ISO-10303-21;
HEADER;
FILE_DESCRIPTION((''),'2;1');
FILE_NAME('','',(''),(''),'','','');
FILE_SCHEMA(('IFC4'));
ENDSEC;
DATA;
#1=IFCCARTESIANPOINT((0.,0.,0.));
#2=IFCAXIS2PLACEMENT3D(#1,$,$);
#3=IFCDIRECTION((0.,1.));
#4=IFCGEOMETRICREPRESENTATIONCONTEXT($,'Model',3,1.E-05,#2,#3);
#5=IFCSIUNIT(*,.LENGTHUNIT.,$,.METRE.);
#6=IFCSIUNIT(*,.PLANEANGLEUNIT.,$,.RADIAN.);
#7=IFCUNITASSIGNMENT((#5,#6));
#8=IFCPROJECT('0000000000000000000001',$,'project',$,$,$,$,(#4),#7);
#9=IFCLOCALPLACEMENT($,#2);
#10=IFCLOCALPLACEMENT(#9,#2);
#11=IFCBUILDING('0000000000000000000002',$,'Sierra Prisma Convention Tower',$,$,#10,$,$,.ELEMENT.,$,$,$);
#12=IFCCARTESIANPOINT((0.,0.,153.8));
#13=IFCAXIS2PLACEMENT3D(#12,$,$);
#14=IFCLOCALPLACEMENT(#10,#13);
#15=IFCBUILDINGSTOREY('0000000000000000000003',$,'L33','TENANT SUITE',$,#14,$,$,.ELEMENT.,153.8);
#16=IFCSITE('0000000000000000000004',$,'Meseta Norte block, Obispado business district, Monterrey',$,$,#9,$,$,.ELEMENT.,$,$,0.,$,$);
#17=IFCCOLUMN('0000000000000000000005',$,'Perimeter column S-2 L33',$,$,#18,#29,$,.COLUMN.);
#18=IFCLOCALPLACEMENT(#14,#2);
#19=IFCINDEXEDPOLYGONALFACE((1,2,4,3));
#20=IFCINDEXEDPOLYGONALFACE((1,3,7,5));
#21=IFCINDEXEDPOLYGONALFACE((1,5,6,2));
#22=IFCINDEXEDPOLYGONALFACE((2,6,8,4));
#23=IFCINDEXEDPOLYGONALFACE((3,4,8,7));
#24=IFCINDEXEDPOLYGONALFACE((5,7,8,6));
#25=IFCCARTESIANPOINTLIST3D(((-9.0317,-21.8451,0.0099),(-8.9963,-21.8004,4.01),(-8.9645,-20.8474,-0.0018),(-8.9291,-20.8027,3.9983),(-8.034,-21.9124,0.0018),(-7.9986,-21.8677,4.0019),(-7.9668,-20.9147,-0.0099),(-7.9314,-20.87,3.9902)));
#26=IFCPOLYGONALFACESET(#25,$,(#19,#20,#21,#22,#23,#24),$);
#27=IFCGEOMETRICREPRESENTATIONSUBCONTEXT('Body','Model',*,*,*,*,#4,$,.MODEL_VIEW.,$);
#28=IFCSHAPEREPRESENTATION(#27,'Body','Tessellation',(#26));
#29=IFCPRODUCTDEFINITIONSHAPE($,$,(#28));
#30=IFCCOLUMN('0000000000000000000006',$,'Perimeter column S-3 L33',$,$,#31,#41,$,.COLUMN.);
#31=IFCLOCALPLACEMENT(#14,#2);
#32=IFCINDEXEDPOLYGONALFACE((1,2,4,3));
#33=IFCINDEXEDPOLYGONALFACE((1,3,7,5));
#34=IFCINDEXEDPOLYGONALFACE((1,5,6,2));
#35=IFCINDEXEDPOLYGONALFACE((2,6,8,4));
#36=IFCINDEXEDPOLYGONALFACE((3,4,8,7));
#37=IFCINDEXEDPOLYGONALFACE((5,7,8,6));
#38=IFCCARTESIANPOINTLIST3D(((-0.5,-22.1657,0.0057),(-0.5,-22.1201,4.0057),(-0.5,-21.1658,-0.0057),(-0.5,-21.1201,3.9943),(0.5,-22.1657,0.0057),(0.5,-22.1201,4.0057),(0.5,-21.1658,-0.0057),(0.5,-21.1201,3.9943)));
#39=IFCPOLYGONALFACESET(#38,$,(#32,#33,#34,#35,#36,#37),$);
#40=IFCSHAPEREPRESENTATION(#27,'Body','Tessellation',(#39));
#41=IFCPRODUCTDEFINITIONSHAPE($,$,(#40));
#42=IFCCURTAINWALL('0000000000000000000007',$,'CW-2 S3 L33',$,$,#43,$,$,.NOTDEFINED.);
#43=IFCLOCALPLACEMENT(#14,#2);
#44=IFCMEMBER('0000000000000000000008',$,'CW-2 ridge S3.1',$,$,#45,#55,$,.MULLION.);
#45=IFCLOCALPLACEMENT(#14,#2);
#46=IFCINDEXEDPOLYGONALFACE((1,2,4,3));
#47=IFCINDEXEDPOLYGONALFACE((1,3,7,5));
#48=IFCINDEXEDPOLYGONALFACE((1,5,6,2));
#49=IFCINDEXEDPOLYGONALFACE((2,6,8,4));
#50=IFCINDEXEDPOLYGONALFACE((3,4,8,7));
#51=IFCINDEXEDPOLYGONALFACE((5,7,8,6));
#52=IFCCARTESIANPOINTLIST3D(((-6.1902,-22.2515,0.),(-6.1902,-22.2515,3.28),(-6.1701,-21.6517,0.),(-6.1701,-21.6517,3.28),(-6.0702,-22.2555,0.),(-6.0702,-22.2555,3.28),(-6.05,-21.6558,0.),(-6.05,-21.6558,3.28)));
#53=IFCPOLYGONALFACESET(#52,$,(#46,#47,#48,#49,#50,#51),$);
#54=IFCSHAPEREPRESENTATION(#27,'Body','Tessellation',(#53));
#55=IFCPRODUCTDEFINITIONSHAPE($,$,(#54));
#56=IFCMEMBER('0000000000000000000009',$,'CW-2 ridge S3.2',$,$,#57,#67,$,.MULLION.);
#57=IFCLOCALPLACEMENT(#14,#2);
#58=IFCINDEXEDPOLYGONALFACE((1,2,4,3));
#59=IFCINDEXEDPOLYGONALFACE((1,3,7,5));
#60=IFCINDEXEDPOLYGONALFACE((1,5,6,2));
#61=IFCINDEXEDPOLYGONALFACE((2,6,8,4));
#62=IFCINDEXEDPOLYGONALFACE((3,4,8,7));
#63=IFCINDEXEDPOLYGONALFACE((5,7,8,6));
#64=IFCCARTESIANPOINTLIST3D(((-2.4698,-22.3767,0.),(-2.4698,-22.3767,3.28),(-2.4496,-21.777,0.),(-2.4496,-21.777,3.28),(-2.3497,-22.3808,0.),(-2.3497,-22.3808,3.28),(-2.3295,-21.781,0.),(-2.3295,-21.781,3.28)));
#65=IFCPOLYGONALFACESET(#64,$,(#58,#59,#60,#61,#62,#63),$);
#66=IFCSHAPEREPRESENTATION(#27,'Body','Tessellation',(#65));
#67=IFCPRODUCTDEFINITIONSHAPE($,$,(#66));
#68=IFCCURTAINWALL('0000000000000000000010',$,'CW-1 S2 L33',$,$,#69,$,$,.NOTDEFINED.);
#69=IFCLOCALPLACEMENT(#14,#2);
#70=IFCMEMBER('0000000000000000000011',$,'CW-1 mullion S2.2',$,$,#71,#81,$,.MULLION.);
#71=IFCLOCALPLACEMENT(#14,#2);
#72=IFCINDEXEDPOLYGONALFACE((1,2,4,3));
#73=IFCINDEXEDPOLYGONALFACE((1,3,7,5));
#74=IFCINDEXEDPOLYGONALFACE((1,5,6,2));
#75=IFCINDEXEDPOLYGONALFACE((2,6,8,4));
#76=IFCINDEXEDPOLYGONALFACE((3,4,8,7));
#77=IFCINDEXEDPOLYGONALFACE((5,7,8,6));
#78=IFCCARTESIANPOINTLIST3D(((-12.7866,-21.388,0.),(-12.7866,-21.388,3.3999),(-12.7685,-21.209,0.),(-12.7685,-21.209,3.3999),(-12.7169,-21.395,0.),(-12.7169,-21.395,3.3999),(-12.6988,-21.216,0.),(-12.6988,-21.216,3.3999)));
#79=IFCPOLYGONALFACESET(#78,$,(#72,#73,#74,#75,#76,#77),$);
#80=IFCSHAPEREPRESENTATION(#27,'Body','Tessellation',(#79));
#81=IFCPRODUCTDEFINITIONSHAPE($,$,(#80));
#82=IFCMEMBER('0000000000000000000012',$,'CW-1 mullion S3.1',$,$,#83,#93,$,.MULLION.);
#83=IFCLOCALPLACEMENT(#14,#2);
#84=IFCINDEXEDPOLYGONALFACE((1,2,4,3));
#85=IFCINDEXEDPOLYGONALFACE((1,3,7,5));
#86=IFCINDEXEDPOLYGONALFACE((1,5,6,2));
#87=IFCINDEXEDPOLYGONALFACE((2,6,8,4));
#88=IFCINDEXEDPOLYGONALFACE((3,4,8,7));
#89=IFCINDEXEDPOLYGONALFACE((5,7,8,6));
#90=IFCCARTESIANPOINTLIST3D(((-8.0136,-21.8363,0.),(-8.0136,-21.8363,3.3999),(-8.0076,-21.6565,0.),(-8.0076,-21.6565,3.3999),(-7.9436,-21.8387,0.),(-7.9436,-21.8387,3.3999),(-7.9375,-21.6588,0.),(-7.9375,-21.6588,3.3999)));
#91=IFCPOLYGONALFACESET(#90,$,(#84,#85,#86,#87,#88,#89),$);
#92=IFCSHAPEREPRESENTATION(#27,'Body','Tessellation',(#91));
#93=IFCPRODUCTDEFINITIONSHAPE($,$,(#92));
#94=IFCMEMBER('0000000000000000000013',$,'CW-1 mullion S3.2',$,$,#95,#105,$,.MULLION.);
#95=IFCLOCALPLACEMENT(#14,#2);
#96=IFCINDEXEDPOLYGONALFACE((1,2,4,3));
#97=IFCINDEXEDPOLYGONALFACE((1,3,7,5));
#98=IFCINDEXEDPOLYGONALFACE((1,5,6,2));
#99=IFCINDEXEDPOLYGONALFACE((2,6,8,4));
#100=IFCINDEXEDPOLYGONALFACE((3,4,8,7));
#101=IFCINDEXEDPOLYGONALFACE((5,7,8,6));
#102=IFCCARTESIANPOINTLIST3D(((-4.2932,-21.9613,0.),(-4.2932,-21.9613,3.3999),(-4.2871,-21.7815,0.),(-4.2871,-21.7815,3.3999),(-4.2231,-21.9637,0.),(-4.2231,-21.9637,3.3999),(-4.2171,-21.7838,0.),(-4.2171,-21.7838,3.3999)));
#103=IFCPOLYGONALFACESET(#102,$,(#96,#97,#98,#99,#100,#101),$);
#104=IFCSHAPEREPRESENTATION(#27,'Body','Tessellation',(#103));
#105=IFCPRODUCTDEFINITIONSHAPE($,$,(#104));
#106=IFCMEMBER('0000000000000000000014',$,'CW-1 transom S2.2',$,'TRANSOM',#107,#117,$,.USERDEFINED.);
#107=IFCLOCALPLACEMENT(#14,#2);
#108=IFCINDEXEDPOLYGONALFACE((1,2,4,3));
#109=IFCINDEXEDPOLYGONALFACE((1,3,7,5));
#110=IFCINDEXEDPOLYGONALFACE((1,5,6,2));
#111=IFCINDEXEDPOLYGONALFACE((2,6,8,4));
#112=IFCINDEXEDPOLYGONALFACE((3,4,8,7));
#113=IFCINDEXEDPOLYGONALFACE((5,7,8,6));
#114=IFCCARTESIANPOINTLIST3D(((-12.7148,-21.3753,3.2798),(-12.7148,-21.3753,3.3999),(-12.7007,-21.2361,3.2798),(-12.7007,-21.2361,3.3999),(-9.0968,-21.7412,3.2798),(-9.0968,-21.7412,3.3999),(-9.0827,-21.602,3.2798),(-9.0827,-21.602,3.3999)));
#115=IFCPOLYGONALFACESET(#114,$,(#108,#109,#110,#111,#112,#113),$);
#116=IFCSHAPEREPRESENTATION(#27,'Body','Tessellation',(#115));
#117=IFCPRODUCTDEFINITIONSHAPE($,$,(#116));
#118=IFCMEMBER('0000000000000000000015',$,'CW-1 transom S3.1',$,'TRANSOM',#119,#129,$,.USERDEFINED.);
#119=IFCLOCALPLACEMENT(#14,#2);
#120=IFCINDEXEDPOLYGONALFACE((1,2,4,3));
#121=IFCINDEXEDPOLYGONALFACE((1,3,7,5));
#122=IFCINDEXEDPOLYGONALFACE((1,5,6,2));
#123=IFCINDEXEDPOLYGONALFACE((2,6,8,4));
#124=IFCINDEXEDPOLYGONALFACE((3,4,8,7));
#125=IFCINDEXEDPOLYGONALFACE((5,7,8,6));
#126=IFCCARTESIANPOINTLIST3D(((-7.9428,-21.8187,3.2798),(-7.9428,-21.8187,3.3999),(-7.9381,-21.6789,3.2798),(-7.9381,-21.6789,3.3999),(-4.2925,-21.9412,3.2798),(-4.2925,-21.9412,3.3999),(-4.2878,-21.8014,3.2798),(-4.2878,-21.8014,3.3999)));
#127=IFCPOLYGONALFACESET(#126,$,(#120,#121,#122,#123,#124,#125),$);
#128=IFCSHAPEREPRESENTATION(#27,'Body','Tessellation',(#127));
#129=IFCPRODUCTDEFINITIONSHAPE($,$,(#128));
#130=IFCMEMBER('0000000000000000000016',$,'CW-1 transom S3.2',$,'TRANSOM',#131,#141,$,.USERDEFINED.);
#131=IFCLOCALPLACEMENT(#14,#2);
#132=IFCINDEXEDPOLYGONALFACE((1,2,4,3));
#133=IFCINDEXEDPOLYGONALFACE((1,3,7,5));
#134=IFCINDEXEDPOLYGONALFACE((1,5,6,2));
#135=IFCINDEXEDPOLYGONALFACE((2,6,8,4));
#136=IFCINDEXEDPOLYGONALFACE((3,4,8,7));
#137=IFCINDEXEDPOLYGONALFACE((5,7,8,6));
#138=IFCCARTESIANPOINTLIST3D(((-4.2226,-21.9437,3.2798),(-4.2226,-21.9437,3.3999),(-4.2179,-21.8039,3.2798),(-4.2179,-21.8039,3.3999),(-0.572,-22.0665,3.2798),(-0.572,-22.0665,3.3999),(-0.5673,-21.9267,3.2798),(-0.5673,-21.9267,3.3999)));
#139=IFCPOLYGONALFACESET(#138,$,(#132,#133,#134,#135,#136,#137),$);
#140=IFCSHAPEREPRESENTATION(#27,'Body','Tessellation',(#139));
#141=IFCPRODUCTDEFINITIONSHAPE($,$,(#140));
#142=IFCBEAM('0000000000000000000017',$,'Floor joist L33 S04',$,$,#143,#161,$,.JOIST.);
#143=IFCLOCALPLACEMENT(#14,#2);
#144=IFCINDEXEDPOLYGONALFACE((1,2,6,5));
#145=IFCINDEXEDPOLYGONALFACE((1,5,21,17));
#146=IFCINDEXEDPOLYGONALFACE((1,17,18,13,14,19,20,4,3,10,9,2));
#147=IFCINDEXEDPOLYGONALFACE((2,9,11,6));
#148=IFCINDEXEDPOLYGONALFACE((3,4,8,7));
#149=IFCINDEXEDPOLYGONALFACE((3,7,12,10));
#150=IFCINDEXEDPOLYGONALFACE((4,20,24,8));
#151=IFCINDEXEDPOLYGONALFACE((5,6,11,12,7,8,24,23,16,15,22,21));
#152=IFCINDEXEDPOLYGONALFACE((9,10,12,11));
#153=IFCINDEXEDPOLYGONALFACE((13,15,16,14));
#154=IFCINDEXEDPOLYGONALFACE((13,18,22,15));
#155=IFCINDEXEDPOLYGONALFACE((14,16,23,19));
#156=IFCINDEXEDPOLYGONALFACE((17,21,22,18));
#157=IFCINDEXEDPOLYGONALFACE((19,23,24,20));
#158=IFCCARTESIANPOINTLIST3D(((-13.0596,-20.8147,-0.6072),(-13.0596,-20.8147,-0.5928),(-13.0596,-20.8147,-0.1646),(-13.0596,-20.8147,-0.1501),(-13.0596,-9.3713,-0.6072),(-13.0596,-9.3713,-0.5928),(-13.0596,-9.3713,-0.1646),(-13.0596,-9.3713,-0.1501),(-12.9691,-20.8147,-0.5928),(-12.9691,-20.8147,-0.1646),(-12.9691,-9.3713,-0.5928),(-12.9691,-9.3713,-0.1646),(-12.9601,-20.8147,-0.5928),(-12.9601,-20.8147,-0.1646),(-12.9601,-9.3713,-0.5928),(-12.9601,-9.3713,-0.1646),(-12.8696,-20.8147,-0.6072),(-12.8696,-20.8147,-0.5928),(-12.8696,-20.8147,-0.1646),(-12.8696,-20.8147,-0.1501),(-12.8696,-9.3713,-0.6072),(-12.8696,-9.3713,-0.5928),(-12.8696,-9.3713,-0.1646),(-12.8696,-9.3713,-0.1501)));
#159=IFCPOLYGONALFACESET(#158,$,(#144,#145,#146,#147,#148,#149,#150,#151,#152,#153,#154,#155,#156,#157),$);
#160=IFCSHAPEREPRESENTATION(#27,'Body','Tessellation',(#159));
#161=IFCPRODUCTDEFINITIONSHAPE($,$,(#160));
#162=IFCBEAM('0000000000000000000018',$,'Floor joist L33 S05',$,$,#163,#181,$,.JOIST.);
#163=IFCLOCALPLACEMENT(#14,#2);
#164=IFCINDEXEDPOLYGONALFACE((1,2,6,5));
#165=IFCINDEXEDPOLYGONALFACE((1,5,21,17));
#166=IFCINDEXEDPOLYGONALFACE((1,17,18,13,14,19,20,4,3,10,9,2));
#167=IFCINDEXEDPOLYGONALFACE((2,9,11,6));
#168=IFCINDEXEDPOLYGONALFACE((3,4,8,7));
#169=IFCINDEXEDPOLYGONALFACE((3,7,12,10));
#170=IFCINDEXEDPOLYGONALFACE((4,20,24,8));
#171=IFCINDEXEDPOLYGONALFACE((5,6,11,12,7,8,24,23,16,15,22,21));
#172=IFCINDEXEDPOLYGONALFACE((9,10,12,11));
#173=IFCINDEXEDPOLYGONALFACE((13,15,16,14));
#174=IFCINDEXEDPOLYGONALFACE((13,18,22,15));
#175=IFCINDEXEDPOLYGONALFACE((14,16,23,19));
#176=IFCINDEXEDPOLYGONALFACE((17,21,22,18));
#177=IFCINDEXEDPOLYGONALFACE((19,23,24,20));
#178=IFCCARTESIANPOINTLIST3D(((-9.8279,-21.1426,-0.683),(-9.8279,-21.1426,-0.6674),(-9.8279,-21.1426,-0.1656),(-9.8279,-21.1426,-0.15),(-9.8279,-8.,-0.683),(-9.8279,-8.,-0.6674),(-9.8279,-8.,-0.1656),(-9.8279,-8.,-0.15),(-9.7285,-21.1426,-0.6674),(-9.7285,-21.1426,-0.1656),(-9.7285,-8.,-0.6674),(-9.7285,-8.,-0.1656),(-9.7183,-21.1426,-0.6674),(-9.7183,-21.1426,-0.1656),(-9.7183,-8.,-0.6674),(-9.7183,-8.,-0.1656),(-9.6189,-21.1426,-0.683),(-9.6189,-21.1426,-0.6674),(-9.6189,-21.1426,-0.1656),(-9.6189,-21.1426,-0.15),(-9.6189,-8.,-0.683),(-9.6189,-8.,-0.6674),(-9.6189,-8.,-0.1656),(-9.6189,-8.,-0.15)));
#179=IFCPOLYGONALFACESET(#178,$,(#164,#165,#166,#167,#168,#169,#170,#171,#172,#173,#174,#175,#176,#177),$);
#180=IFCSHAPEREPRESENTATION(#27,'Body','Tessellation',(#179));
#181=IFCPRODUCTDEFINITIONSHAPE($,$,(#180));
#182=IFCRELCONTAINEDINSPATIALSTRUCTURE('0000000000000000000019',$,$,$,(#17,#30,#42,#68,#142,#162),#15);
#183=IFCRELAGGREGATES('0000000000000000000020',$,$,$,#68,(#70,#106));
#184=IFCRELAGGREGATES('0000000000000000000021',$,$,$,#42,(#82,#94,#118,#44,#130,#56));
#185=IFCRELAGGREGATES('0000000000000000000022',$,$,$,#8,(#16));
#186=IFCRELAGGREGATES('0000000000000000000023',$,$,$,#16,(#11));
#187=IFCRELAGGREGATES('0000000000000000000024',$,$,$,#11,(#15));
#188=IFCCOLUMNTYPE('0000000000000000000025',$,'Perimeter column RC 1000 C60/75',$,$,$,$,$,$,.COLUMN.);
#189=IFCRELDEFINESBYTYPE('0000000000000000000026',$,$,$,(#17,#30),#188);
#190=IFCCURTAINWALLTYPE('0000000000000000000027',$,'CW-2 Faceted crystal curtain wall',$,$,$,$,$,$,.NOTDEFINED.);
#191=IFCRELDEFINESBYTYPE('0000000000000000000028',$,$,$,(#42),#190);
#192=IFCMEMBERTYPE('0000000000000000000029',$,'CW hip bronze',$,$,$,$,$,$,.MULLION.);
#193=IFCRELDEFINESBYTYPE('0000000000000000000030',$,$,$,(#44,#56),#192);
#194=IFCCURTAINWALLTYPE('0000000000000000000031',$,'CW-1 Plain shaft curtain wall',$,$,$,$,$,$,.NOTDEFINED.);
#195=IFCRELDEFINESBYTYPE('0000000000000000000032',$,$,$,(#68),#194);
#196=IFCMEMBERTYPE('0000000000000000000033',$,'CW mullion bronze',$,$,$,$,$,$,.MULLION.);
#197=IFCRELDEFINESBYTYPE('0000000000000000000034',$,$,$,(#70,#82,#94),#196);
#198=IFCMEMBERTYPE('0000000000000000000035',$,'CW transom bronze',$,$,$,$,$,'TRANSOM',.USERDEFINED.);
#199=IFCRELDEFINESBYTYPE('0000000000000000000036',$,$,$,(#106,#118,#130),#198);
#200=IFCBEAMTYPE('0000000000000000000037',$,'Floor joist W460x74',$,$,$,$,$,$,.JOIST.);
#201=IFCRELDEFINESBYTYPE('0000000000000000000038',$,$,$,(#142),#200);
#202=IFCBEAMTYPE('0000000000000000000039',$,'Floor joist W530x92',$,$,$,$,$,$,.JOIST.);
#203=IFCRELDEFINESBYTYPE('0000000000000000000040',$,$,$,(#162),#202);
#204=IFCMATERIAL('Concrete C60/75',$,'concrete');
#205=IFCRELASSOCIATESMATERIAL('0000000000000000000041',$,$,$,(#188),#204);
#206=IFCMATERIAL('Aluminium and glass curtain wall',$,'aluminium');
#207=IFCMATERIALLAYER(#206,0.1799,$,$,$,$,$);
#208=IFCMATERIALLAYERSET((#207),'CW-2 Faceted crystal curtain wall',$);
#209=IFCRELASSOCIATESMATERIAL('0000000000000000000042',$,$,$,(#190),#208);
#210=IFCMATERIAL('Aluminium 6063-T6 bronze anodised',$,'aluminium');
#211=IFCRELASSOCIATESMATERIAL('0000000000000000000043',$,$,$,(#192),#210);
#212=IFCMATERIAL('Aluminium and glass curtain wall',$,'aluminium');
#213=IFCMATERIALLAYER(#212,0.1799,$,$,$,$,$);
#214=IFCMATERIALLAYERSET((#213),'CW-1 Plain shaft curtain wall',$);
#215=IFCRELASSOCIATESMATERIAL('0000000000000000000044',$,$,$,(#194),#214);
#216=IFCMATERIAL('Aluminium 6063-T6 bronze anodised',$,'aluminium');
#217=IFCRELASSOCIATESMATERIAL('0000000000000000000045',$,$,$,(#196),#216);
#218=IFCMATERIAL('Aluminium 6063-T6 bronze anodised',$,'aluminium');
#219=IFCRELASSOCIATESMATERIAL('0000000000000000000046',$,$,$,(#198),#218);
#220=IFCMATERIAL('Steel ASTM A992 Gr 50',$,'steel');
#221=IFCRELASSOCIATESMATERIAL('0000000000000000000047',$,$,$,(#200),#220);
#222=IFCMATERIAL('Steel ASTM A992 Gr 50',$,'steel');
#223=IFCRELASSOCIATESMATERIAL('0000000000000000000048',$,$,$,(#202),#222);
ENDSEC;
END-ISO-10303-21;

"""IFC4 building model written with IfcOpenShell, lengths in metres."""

from ifc_helpers import new_model, si_unit, direction, frame, origin, origin_2d, place, context, subcontext, project, spatial, rectangle, i_section, extrude, material, layer, layer_set, material_profile, profile_set, type_object, element, aggregate, save


model = new_model("IFC4")

# Units and contexts
model_context = context("Model", 3, precision=1e-05, world=origin(), true_north=direction((0.0, 1.0)))
body_context = subcontext(model_context, "Body", "Model", "MODEL_VIEW")
ifc_project = project(units=[si_unit("LENGTHUNIT", "METRE"), si_unit("PLANEANGLEUNIT", "RADIAN")], contexts=[model_context])

# Site, building, storey
site_placement = place(None, origin())
site = spatial("IfcSite", under=ifc_project, at=site_placement, Name="Meseta Norte block, Obispado business district, Monterrey", CompositionType="ELEMENT", RefElevation=0.0)
building_placement = place(site_placement, origin())
building = spatial("IfcBuilding", under=site, at=building_placement, Name="Sierra Prisma Convention Tower", CompositionType="ELEMENT")
storey_placement = place(building_placement, frame((0.0, 0.0, 153.8)))
storey = spatial("IfcBuildingStorey", under=building, at=storey_placement, Name="L33", Description="TENANT SUITE", CompositionType="ELEMENT", Elevation=153.8)

# Columns
ifc_material_1 = material(Name="Concrete C60/75", Category="concrete")
ifc_material_profile_1 = material_profile(ifc_material_1, rectangle(XDim=1.0, YDim=1.0, at=origin_2d()), Name="Perimeter column RC 1000 C60/75")
ifc_profile_set_1 = profile_set([ifc_material_profile_1], Name="Concrete C60/75")
column_type = type_object("IfcColumnType", Name="Perimeter column RC 1000 C60/75", PredefinedType="COLUMN", material=ifc_profile_set_1)
column_1_placement = place(storey_placement, frame((-8.4993, -21.3799, 0.0), z_axis=(0.008849, 0.011168, 0.999898), x_axis=(-0.997702, 0.067276, 0.008078)))
element("IfcColumn", 1, at=column_1_placement, inside=storey, type_object=column_type, Name="Perimeter column S-2 L33", PredefinedType="COLUMN", context=body_context, shape_type="SweptSolid", body=[
    extrude(rectangle(XDim=1.0, YDim=1.0, at=origin_2d()), origin(), (0.0, 0.0, 1.0), 4.0005),
])
column_2_placement = place(storey_placement, frame((0.0, -21.6658, 0.0), z_axis=(0.0, 0.011413, 0.999935), x_axis=(1.0, 0.0, 0.0)))
element("IfcColumn", 2, at=column_2_placement, inside=storey, type_object=column_type, Name="Perimeter column S-3 L33", PredefinedType="COLUMN", context=body_context, shape_type="SweptSolid", body=[
    extrude(rectangle(XDim=1.0, YDim=1.0, at=origin_2d()), origin(), (0.0, 0.0, 1.0), 4.0002),
])

# Curtain wall, members
ifc_material_2 = material(Name="Aluminium and glass curtain wall", Category="aluminium")
ifc_layer_1 = layer(ifc_material_2, 0.1799)
ifc_layer_set_1 = layer_set([ifc_layer_1], Name="CW-2 Faceted crystal curtain wall")
curtain_wall_type_1 = type_object("IfcCurtainWallType", Name="CW-2 Faceted crystal curtain wall", PredefinedType="NOTDEFINED", material=ifc_layer_set_1)
curtain_wall_1_placement = place(storey_placement, origin())
curtain_wall_1 = element("IfcCurtainWall", 3, at=curtain_wall_1_placement, inside=storey, type_object=curtain_wall_type_1, Name="CW-2 S3 L33", PredefinedType="NOTDEFINED")
ifc_material_3 = material(Name="Aluminium 6063-T6 bronze anodised", Category="aluminium")
ifc_material_profile_2 = material_profile(ifc_material_3, rectangle(XDim=0.1201, YDim=0.6001, at=origin_2d()), Name="ALU RIDGE BLADE 120x600")
ifc_profile_set_2 = profile_set([ifc_material_profile_2], Name="Aluminium 6063-T6 bronze anodised")
member_type_1 = type_object("IfcMemberType", Name="CW hip bronze", PredefinedType="MULLION", material=ifc_profile_set_2)
member_1_placement = place(storey_placement, frame((-6.1201, -21.9536, 0.0), z_axis=(0.0, 0.0, 1.0), x_axis=(0.999435, -0.033609, 0.0)))
member_1 = element("IfcMember", 4, at=member_1_placement, type_object=member_type_1, Name="CW-2 ridge S3.1", PredefinedType="MULLION", context=body_context, shape_type="SweptSolid", body=[
    extrude(rectangle(XDim=0.1201, YDim=0.6001, at=origin_2d()), origin(), (0.0, 0.0, 1.0), 3.28),
])
member_2_placement = place(storey_placement, frame((-2.3997, -22.0789, 0.0), z_axis=(0.0, 0.0, 1.0), x_axis=(0.999435, -0.033609, 0.0)))
member_2 = element("IfcMember", 5, at=member_2_placement, type_object=member_type_1, Name="CW-2 ridge S3.2", PredefinedType="MULLION", context=body_context, shape_type="SweptSolid", body=[
    extrude(rectangle(XDim=0.1201, YDim=0.6001, at=origin_2d()), origin(), (0.0, 0.0, 1.0), 3.28),
])

# Curtain wall, member
ifc_material_4 = material(Name="Aluminium and glass curtain wall", Category="aluminium")
ifc_layer_2 = layer(ifc_material_4, 0.1799)
ifc_layer_set_2 = layer_set([ifc_layer_2], Name="CW-1 Plain shaft curtain wall")
curtain_wall_type_2 = type_object("IfcCurtainWallType", Name="CW-1 Plain shaft curtain wall", PredefinedType="NOTDEFINED", material=ifc_layer_set_2)
curtain_wall_2_placement = place(storey_placement, origin())
curtain_wall_2 = element("IfcCurtainWall", 6, at=curtain_wall_2_placement, inside=storey, type_object=curtain_wall_type_2, Name="CW-1 S2 L33", PredefinedType="NOTDEFINED")
ifc_material_5 = material(Name="Aluminium 6063-T6 bronze anodised", Category="aluminium")
ifc_material_profile_3 = material_profile(ifc_material_5, rectangle(XDim=0.1799, YDim=0.0701, at=origin_2d()), Name="ALU MULLION 70x180")
ifc_profile_set_3 = profile_set([ifc_material_profile_3], Name="Aluminium 6063-T6 bronze anodised")
member_type_2 = type_object("IfcMemberType", Name="CW mullion bronze", PredefinedType="MULLION", material=ifc_profile_set_3)
member_3_placement = place(storey_placement, frame((-12.7427, -21.302, 0.0), z_axis=(0.0, 0.0, 1.0), x_axis=(0.100676, 0.994919, 0.0)))
member_3 = element("IfcMember", 7, at=member_3_placement, type_object=member_type_2, Name="CW-1 mullion S2.2", PredefinedType="MULLION", context=body_context, shape_type="SweptSolid", body=[
    extrude(rectangle(XDim=0.1799, YDim=0.0701, at=origin_2d()), origin(), (0.0, 0.0, 1.0), 3.3999),
])

# Members
member_4_placement = place(storey_placement, frame((-7.9756, -21.7476, 0.0), z_axis=(0.0, 0.0, 1.0), x_axis=(0.033609, 0.999435, 0.0)))
member_4 = element("IfcMember", 8, at=member_4_placement, type_object=member_type_2, Name="CW-1 mullion S3.1", PredefinedType="MULLION", context=body_context, shape_type="SweptSolid", body=[
    extrude(rectangle(XDim=0.1799, YDim=0.0701, at=origin_2d()), origin(), (0.0, 0.0, 1.0), 3.3999),
])
member_5_placement = place(storey_placement, frame((-4.2551, -21.8726, 0.0), z_axis=(0.0, 0.0, 1.0), x_axis=(0.033609, 0.999435, 0.0)))
member_5 = element("IfcMember", 9, at=member_5_placement, type_object=member_type_2, Name="CW-1 mullion S3.2", PredefinedType="MULLION", context=body_context, shape_type="SweptSolid", body=[
    extrude(rectangle(XDim=0.1799, YDim=0.0701, at=origin_2d()), origin(), (0.0, 0.0, 1.0), 3.3999),
])
ifc_material_6 = material(Name="Aluminium 6063-T6 bronze anodised", Category="aluminium")
ifc_material_profile_4 = material_profile(ifc_material_6, rectangle(XDim=0.1399, YDim=0.1201, at=origin_2d()), Name="ALU TRANSOM 120x140")
ifc_profile_set_4 = profile_set([ifc_material_profile_4], Name="Aluminium 6063-T6 bronze anodised")
member_type_3 = type_object("IfcMemberType", Name="CW transom bronze", ElementType="TRANSOM", PredefinedType="USERDEFINED", material=ifc_profile_set_4)
member_6_placement = place(storey_placement, frame((-12.7078, -21.3057, 3.3398), z_axis=(0.994923, -0.10064, 0.0), x_axis=(0.10064, 0.994923, 0.0)))
member_6 = element("IfcMember", 10, at=member_6_placement, type_object=member_type_3, Name="CW-1 transom S2.2", ObjectType="TRANSOM", PredefinedType="USERDEFINED", context=body_context, shape_type="SweptSolid", body=[
    extrude(rectangle(XDim=0.1399, YDim=0.1201, at=origin_2d()), origin(), (0.0, 0.0, 1.0), 3.6365),
])
member_7_placement = place(storey_placement, frame((-7.9404, -21.7488, 3.3398), z_axis=(0.999437, -0.033555, 0.0), x_axis=(0.033555, 0.999437, 0.0)))
member_7 = element("IfcMember", 11, at=member_7_placement, type_object=member_type_3, Name="CW-1 transom S3.1", ObjectType="TRANSOM", PredefinedType="USERDEFINED", context=body_context, shape_type="SweptSolid", body=[
    extrude(rectangle(XDim=0.1399, YDim=0.1201, at=origin_2d()), origin(), (0.0, 0.0, 1.0), 3.6523),
])
member_8_placement = place(storey_placement, frame((-4.2202, -21.8738, 3.3398), z_axis=(0.999435, -0.03362, 0.0), x_axis=(0.03362, 0.999435, 0.0)))
member_8 = element("IfcMember", 12, at=member_8_placement, type_object=member_type_3, Name="CW-1 transom S3.2", ObjectType="TRANSOM", PredefinedType="USERDEFINED", context=body_context, shape_type="SweptSolid", body=[
    extrude(rectangle(XDim=0.1399, YDim=0.1201, at=origin_2d()), origin(), (0.0, 0.0, 1.0), 3.6526),
])

# Beams
ifc_material_7 = material(Name="Steel ASTM A992 Gr 50", Category="steel")
ifc_material_profile_5 = material_profile(ifc_material_7, i_section(OverallWidth=0.1899, OverallDepth=0.457, WebThickness=0.009, FlangeThickness=0.0144, at=origin_2d()), Name="W460x74")
ifc_profile_set_5 = profile_set([ifc_material_profile_5], Name="Steel ASTM A992 Gr 50")
beam_type_1 = type_object("IfcBeamType", Name="Floor joist W460x74", PredefinedType="JOIST", material=ifc_profile_set_5)
beam_1_placement = place(storey_placement, frame((-12.9646, -20.8147, -0.3787), z_axis=(0.0, 1.0, 0.0), x_axis=(-1.0, 0.0, 0.0)))
element("IfcBeam", 13, at=beam_1_placement, inside=storey, type_object=beam_type_1, Name="Floor joist L33 S04", PredefinedType="JOIST", context=body_context, shape_type="SweptSolid", body=[
    extrude(i_section(OverallWidth=0.1899, OverallDepth=0.457, WebThickness=0.009, FlangeThickness=0.0144, at=origin_2d()), origin(), (0.0, 0.0, 1.0), 11.4434),
])
ifc_material_8 = material(Name="Steel ASTM A992 Gr 50", Category="steel")
ifc_material_profile_6 = material_profile(ifc_material_8, i_section(OverallWidth=0.209, OverallDepth=0.533, WebThickness=0.0103, FlangeThickness=0.0156, at=origin_2d()), Name="W530x92")
ifc_profile_set_6 = profile_set([ifc_material_profile_6], Name="Steel ASTM A992 Gr 50")
beam_type_2 = type_object("IfcBeamType", Name="Floor joist W530x92", PredefinedType="JOIST", material=ifc_profile_set_6)
beam_2_placement = place(storey_placement, frame((-9.7234, -21.1426, -0.4165), z_axis=(0.0, 1.0, 0.0), x_axis=(-1.0, 0.0, 0.0)))
element("IfcBeam", 14, at=beam_2_placement, inside=storey, type_object=beam_type_2, Name="Floor joist L33 S05", PredefinedType="JOIST", context=body_context, shape_type="SweptSolid", body=[
    extrude(i_section(OverallWidth=0.209, OverallDepth=0.533, WebThickness=0.0103, FlangeThickness=0.0156, at=origin_2d()), origin(), (0.0, 0.0, 1.0), 13.1426),
])

aggregate(curtain_wall_2, [member_3, member_6])
aggregate(curtain_wall_1, [member_4, member_5, member_7, member_1, member_8, member_2])

save(model, "model.ifc")
